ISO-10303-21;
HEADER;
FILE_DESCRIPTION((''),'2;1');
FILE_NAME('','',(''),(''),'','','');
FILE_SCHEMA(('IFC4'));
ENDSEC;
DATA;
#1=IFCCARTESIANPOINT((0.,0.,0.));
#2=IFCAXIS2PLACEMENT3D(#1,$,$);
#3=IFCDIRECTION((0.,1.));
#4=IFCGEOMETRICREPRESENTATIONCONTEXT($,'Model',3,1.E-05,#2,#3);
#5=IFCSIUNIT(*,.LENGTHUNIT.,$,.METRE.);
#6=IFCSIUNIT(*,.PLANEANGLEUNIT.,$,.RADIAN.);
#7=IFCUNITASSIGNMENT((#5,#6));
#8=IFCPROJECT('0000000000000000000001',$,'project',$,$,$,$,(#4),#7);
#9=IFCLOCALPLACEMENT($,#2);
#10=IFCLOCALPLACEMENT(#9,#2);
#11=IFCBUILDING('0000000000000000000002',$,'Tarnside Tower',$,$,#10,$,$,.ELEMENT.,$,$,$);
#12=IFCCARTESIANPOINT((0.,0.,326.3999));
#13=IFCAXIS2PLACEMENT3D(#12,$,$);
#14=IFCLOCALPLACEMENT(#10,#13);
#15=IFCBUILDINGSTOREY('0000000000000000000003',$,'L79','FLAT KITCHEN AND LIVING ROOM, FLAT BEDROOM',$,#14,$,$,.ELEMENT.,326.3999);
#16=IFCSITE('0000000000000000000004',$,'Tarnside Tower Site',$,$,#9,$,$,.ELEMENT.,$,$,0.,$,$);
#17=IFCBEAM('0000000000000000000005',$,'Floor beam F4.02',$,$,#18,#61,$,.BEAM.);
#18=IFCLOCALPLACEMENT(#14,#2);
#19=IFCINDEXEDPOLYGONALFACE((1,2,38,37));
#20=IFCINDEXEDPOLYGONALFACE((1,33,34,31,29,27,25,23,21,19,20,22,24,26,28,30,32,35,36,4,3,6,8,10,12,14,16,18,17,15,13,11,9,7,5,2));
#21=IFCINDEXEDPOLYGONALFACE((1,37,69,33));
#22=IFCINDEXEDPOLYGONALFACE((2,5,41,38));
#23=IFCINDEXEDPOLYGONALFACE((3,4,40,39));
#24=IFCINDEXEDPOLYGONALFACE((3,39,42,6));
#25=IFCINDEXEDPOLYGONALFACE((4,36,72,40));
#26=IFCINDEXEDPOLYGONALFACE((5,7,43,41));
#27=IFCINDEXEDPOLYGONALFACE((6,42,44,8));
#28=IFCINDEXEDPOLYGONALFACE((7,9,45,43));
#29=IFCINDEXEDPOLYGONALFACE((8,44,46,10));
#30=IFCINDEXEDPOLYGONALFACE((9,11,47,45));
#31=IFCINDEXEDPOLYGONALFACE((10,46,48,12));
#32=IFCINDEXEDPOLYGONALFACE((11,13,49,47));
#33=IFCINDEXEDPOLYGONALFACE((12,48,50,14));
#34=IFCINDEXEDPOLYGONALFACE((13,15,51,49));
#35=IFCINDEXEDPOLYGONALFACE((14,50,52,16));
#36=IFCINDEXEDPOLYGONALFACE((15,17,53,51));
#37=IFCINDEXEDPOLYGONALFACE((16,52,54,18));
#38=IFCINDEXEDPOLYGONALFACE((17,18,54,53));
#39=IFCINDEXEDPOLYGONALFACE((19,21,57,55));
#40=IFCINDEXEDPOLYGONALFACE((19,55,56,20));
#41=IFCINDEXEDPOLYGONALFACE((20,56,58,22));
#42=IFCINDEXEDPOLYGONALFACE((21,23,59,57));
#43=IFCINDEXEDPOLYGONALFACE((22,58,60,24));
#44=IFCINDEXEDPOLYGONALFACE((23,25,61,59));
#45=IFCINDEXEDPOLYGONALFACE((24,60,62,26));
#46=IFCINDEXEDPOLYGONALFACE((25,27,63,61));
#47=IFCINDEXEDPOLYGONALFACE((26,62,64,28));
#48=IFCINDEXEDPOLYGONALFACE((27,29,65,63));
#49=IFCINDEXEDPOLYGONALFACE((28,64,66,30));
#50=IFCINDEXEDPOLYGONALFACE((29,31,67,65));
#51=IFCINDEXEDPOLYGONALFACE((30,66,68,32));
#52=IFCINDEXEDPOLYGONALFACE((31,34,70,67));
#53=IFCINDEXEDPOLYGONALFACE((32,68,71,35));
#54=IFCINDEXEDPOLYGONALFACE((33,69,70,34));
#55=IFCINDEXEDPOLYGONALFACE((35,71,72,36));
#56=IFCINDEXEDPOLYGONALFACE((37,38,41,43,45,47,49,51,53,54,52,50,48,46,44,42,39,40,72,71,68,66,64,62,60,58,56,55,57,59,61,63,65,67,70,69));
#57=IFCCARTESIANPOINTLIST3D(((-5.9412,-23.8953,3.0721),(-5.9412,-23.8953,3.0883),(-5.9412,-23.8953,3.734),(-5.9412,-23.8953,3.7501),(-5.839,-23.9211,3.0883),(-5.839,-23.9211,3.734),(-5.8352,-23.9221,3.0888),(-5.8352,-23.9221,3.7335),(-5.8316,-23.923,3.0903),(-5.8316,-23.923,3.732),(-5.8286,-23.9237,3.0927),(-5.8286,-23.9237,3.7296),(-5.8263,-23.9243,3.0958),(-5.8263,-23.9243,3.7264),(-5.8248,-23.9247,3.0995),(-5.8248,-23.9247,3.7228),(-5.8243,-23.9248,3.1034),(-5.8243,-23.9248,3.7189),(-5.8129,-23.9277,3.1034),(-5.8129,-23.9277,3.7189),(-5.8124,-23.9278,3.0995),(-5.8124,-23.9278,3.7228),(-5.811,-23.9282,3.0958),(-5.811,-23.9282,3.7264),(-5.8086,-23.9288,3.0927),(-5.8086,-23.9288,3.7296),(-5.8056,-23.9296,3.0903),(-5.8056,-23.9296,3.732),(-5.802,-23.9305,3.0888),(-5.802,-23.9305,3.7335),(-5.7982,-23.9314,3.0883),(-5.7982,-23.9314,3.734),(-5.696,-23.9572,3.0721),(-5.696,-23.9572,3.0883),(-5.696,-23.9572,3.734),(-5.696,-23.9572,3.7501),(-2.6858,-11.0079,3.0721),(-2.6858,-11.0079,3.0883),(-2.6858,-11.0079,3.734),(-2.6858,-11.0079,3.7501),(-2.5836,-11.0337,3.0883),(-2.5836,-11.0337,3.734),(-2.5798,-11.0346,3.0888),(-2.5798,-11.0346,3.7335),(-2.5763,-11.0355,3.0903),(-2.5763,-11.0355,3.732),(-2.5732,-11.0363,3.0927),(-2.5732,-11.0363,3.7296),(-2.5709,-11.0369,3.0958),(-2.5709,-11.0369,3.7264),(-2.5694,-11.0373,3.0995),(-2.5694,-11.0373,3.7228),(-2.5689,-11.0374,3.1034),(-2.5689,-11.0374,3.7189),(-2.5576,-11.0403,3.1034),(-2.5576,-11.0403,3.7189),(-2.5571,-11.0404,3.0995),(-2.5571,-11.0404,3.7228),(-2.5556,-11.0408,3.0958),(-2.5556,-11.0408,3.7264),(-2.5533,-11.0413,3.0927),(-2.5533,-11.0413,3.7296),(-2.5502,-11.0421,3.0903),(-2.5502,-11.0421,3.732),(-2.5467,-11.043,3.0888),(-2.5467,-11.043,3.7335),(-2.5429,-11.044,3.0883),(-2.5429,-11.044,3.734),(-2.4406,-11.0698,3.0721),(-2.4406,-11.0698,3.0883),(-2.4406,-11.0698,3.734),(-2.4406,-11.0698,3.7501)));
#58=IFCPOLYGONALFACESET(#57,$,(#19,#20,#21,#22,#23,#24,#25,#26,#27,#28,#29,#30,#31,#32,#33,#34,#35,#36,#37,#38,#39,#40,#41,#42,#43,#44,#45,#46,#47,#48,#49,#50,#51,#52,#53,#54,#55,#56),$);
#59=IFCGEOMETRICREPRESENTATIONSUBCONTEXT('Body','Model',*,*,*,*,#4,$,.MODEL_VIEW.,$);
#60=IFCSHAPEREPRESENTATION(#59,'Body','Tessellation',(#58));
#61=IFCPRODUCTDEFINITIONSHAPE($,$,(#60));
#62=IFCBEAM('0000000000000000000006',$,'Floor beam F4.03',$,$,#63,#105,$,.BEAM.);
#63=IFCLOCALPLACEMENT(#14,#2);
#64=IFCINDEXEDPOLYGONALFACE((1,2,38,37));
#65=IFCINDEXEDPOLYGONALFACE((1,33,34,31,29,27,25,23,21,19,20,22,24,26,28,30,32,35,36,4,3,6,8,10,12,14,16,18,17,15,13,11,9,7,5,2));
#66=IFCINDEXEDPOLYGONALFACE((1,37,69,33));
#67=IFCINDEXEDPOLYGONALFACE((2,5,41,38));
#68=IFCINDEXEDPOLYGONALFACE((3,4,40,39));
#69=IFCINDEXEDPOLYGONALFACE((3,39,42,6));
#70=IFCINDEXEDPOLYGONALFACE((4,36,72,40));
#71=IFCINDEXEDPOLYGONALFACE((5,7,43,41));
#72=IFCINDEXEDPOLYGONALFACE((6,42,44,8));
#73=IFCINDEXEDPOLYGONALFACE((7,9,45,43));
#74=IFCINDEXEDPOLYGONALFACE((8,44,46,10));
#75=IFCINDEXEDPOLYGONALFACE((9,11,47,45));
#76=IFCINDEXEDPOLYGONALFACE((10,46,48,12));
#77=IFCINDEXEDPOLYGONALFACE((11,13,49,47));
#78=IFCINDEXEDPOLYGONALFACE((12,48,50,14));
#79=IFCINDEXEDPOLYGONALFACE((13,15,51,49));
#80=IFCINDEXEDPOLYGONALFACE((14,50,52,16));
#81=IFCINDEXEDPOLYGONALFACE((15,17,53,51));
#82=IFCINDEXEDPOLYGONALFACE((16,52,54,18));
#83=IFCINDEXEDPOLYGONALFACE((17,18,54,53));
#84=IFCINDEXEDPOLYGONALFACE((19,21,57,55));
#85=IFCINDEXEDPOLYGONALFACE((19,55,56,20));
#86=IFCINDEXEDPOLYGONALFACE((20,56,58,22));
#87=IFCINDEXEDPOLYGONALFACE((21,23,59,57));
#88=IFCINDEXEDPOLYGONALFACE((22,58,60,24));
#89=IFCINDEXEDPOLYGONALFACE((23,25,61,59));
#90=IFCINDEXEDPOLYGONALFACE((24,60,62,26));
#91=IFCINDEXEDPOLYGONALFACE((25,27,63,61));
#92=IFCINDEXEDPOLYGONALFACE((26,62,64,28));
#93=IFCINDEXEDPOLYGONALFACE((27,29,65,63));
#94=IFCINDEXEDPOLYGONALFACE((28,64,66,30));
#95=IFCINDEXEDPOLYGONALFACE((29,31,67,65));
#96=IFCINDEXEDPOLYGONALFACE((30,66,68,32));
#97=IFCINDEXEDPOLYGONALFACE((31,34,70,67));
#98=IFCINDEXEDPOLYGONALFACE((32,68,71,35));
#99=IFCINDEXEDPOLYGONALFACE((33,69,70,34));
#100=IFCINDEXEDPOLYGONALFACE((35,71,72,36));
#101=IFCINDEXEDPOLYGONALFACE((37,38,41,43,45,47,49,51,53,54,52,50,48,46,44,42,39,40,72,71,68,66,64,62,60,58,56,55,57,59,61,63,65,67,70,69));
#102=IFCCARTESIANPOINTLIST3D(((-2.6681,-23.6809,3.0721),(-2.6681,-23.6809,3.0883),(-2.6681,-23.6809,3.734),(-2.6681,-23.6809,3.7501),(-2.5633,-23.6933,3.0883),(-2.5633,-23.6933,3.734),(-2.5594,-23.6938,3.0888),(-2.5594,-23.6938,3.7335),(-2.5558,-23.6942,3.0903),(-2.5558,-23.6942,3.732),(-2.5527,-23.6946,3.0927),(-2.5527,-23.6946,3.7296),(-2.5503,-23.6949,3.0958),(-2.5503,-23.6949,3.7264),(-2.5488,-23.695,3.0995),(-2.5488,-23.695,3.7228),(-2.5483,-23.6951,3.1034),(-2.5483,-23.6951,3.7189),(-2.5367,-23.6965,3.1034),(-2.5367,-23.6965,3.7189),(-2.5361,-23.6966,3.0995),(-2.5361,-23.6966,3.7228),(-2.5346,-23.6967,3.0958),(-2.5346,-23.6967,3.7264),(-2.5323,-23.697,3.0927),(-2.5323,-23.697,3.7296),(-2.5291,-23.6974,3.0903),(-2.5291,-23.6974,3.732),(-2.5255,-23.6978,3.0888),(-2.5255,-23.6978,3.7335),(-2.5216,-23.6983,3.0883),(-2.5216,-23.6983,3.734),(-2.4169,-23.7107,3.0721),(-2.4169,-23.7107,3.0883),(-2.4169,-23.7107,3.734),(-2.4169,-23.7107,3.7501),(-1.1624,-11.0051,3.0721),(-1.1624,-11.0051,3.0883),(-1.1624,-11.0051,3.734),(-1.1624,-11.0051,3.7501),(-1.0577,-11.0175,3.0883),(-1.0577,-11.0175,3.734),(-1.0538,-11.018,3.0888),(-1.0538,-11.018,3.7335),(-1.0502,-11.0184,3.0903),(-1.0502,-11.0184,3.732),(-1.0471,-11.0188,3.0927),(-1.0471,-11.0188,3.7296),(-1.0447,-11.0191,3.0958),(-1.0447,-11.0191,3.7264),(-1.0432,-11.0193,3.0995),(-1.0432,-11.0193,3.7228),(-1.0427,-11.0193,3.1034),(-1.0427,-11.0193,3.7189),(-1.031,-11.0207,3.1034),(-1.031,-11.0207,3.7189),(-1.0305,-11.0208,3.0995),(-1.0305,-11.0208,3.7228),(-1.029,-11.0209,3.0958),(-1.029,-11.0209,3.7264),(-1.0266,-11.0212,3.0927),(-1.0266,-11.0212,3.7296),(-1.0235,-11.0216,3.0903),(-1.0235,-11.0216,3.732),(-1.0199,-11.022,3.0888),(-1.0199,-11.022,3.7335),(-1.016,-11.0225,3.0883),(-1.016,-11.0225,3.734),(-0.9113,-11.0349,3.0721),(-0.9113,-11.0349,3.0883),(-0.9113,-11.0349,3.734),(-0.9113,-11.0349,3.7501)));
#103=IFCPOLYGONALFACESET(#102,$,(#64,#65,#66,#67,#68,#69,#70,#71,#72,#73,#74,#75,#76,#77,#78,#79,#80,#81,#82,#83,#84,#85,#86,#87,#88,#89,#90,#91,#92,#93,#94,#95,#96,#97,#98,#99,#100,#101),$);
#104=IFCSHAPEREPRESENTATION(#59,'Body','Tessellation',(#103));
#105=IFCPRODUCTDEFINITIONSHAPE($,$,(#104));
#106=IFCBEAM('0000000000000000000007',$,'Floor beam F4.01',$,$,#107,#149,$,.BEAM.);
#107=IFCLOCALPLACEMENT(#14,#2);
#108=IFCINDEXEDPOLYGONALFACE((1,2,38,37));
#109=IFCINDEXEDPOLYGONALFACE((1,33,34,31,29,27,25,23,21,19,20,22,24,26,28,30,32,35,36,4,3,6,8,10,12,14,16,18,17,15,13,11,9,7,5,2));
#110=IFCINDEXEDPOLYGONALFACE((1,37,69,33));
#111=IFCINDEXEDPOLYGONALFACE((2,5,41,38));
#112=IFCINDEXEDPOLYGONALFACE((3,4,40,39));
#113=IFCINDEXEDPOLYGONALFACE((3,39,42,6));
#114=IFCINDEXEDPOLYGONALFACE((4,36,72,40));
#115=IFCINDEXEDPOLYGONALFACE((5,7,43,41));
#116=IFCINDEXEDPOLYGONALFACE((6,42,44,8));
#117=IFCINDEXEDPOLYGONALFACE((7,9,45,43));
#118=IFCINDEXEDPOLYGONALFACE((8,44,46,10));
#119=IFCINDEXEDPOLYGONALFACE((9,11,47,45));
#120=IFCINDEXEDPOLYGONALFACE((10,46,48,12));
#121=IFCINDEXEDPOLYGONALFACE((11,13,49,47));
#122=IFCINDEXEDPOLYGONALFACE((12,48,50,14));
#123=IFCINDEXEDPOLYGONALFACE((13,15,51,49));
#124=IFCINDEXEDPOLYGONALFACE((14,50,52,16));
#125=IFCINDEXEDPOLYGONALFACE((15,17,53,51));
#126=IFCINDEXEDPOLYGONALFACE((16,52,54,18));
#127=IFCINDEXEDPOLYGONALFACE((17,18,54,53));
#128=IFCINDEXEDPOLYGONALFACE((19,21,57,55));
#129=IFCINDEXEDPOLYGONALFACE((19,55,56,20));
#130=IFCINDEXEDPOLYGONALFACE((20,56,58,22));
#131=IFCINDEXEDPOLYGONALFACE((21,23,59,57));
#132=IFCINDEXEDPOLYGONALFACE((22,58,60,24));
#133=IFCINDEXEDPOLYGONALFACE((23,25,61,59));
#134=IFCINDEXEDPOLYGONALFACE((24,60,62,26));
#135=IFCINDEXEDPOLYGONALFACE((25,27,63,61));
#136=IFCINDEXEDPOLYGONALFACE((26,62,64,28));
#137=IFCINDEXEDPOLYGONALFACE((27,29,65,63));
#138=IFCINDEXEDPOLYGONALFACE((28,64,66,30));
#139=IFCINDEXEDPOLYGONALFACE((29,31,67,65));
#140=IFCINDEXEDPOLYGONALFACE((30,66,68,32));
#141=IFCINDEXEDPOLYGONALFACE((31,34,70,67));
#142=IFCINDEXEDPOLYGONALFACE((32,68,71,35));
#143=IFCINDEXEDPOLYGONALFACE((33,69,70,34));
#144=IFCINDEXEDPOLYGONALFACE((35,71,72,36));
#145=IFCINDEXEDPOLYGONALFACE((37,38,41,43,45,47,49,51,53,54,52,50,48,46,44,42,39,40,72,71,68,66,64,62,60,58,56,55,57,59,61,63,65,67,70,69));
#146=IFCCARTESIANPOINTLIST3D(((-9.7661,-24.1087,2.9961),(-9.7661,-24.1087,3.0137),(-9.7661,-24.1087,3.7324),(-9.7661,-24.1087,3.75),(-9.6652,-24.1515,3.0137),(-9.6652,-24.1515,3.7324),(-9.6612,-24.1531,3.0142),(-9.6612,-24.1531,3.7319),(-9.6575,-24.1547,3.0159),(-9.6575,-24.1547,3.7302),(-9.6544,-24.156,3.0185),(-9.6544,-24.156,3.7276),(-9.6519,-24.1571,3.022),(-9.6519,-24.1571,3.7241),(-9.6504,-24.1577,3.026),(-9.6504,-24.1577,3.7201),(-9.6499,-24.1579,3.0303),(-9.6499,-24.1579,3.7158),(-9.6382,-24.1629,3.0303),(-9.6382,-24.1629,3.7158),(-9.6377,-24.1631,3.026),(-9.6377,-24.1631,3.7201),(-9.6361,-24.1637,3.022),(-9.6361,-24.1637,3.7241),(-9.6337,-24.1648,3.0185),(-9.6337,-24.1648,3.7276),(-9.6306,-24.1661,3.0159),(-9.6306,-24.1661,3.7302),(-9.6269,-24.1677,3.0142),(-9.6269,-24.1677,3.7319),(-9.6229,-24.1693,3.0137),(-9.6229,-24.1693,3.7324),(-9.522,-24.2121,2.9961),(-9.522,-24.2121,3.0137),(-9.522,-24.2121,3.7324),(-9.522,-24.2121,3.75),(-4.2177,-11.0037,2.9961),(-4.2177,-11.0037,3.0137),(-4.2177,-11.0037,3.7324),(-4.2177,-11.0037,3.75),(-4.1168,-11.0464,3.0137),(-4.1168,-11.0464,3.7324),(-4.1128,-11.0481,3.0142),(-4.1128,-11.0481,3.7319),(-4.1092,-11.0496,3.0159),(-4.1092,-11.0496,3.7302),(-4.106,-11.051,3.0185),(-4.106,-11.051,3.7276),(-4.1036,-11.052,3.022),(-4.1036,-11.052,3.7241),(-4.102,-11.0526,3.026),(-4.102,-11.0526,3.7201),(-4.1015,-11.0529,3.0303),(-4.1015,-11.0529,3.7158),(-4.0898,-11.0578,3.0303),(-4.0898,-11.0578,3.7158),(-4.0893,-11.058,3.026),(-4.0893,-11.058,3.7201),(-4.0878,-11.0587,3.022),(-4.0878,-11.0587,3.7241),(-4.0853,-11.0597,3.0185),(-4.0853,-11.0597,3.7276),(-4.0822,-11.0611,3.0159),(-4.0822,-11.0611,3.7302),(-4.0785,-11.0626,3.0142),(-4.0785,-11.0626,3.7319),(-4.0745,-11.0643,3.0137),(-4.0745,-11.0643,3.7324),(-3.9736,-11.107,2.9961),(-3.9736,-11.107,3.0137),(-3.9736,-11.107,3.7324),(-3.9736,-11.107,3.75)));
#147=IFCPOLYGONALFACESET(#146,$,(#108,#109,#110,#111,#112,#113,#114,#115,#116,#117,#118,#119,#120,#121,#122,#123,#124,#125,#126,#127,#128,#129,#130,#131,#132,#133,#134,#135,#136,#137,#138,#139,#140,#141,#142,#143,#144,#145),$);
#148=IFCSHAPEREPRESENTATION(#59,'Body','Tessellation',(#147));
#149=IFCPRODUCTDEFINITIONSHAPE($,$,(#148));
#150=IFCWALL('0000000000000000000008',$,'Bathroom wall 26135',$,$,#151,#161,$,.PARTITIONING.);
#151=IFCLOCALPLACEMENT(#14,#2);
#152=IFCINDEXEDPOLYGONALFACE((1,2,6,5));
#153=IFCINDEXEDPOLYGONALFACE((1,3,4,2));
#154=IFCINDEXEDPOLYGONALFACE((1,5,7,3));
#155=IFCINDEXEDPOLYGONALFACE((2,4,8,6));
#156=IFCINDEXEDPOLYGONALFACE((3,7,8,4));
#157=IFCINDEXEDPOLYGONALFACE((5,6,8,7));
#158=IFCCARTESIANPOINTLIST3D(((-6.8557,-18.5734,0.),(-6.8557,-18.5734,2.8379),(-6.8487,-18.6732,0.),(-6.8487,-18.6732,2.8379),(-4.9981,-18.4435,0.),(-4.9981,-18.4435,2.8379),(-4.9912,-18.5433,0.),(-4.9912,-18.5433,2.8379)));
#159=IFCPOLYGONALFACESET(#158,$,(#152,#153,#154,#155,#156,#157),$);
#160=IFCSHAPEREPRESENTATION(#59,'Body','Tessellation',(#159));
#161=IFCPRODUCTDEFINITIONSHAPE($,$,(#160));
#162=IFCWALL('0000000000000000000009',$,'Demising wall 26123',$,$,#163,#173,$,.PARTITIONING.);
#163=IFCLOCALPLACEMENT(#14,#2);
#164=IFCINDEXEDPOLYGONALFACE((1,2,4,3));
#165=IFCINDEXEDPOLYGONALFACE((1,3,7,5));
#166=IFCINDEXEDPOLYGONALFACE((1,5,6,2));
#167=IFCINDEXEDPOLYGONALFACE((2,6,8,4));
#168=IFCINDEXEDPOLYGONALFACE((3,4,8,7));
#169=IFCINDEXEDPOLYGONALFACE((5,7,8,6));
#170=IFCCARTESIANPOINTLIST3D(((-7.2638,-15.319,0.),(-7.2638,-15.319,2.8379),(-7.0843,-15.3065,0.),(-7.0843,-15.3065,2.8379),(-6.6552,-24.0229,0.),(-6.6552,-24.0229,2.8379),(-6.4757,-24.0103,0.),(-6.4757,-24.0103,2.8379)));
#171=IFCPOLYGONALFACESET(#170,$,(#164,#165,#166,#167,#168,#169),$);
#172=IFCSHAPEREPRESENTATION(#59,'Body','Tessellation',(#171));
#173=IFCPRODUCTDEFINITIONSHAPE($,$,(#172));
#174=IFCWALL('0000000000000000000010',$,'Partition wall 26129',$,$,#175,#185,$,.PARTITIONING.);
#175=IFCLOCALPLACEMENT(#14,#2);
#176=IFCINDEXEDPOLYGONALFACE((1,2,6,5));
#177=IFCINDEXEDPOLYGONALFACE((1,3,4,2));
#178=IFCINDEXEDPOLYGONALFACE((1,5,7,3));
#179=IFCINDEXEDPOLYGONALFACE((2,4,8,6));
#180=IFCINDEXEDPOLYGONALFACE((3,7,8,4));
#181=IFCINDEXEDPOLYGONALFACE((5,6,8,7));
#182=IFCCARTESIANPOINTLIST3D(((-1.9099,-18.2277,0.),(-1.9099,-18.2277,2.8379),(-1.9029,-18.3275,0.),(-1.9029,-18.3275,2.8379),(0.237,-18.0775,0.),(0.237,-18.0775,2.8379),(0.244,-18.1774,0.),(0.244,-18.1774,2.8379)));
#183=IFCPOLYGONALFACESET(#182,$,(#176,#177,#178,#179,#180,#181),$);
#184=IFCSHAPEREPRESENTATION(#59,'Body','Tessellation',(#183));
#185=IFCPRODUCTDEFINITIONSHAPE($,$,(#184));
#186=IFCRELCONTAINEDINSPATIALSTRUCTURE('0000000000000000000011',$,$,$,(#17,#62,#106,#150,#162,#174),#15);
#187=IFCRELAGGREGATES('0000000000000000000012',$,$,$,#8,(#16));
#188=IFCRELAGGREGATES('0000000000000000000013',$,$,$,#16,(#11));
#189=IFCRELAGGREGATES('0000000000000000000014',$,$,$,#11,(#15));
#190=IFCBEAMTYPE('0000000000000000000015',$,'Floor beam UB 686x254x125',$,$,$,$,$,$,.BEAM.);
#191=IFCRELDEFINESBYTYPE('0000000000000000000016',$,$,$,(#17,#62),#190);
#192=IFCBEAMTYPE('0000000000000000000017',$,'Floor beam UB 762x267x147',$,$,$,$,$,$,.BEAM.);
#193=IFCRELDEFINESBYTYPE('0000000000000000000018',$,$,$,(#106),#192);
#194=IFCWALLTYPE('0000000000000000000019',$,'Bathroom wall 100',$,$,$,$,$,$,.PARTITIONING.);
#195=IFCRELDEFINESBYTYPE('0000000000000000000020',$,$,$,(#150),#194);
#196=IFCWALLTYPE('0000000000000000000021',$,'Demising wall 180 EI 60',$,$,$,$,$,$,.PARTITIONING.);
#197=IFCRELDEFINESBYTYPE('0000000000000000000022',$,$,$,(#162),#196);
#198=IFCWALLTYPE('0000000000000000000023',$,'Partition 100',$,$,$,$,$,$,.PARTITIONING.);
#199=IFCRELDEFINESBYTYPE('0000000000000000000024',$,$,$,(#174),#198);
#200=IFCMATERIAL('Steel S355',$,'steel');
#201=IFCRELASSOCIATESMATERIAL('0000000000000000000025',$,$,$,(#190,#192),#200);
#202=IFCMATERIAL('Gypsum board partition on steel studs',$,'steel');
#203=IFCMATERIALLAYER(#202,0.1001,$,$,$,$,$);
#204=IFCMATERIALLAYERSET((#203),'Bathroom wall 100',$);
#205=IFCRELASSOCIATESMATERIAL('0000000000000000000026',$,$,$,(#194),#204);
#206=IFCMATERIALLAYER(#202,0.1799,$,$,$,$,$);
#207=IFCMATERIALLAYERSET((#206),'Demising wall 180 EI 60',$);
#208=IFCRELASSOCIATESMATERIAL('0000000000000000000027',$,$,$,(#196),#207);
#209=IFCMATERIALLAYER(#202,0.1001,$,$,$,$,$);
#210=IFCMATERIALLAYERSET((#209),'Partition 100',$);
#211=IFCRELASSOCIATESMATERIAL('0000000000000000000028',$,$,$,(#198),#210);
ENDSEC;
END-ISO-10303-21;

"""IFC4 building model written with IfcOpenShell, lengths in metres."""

from ifc_helpers import new_model, si_unit, direction, frame, frame_2d, origin, origin_2d, place, context, subcontext, project, spatial, rectangle, i_section, extrude, material, layer, layer_set, material_profile, profile_set, type_object, element, save


model = new_model("IFC4")

# Units and contexts
model_context = context("Model", 3, precision=1e-05, world=origin(), true_north=direction((0.0, 1.0)))
body_context = subcontext(model_context, "Body", "Model", "MODEL_VIEW")
ifc_project = project(units=[si_unit("LENGTHUNIT", "METRE"), si_unit("PLANEANGLEUNIT", "RADIAN")], contexts=[model_context])

# Site, building, storey
site_placement = place(None, origin())
site = spatial("IfcSite", under=ifc_project, at=site_placement, Name="Tarnside Tower Site", CompositionType="ELEMENT", RefElevation=0.0)
building_placement = place(site_placement, origin())
building = spatial("IfcBuilding", under=site, at=building_placement, Name="Tarnside Tower", CompositionType="ELEMENT")
storey_placement = place(building_placement, frame((0.0, 0.0, 326.3999)))
storey = spatial("IfcBuildingStorey", under=building, at=storey_placement, Name="L79", Description="FLAT KITCHEN AND LIVING ROOM, FLAT BEDROOM", CompositionType="ELEMENT", Elevation=326.3999)

# Beams
ifc_material_1 = material(Name="Steel S355", Category="steel")
ifc_material_profile_1 = material_profile(ifc_material_1, i_section(OverallWidth=0.2529, OverallDepth=0.678, WebThickness=0.0117, FlangeThickness=0.0161, FilletRadius=0.0151, at=origin_2d()), Name="UB 686x254x125")
ifc_profile_set_1 = profile_set([ifc_material_profile_1], Name="Steel S355")
beam_type_1 = type_object("IfcBeamType", Name="Floor beam UB 686x254x125", PredefinedType="BEAM", material=ifc_profile_set_1)
beam_1_placement = place(storey_placement, frame((-5.8186, -23.9263, 3.4111), z_axis=(0.244908, 0.969546, 0.0), x_axis=(-0.969546, 0.244908, 0.0)))
element("IfcBeam", 1, at=beam_1_placement, inside=storey, type_object=beam_type_1, Name="Floor beam F4.02", PredefinedType="BEAM", context=body_context, shape_type="SweptSolid", body=[
    extrude(i_section(OverallWidth=0.2529, OverallDepth=0.678, WebThickness=0.0117, FlangeThickness=0.0161, FilletRadius=0.0151, at=origin_2d()), origin(), (0.0, 0.0, 1.0), 13.2922),
])
beam_2_placement = place(storey_placement, frame((-2.5425, -23.6958, 3.4111), z_axis=(0.11795, 0.99302, 0.0), x_axis=(-0.99302, 0.11795, 0.0)))
element("IfcBeam", 2, at=beam_2_placement, inside=storey, type_object=beam_type_1, Name="Floor beam F4.03", PredefinedType="BEAM", context=body_context, shape_type="SweptSolid", body=[
    extrude(i_section(OverallWidth=0.2529, OverallDepth=0.678, WebThickness=0.0117, FlangeThickness=0.0161, FilletRadius=0.0151, at=origin_2d()), origin(), (0.0, 0.0, 1.0), 12.7649),
])
ifc_material_profile_2 = material_profile(ifc_material_1, i_section(OverallWidth=0.2651, OverallDepth=0.7539, WebThickness=0.0127, FlangeThickness=0.0176, FilletRadius=0.0166, at=origin_2d()), Name="UB 762x267x147")
ifc_profile_set_2 = profile_set([ifc_material_profile_2], Name="Steel S355")
beam_type_2 = type_object("IfcBeamType", Name="Floor beam UB 762x267x147", PredefinedType="BEAM", material=ifc_profile_set_2)
beam_3_placement = place(storey_placement, frame((-9.644, -24.1604, 3.373), z_axis=(0.389874, 0.920868, 0.0), x_axis=(-0.920868, 0.389874, 0.0)))
element("IfcBeam", 3, at=beam_3_placement, inside=storey, type_object=beam_type_2, Name="Floor beam F4.01", PredefinedType="BEAM", context=body_context, shape_type="SweptSolid", body=[
    extrude(i_section(OverallWidth=0.2651, OverallDepth=0.7539, WebThickness=0.0127, FlangeThickness=0.0176, FilletRadius=0.0166, at=origin_2d()), origin(), (0.0, 0.0, 1.0), 14.2312),
])

# Walls
ifc_material_2 = material(Name="Gypsum board partition on steel studs", Category="steel")
ifc_layer_1 = layer(ifc_material_2, 0.1001)
ifc_layer_set_1 = layer_set([ifc_layer_1], Name="Bathroom wall 100")
wall_type_1 = type_object("IfcWallType", Name="Bathroom wall 100", PredefinedType="PARTITIONING", material=ifc_layer_set_1)
wall_1_placement = place(storey_placement, frame((-6.8523, -18.6233, 0.0), z_axis=(0.0, 0.0, 1.0), x_axis=(0.997564, 0.069756, 0.0)))
element("IfcWall", 4, at=wall_1_placement, inside=storey, type_object=wall_type_1, Name="Bathroom wall 26135", PredefinedType="PARTITIONING", context=body_context, shape_type="SweptSolid", body=[
    extrude(rectangle(XDim=1.8621, YDim=0.1001, at=frame_2d((0.9312, 0.0))), origin(), (0.0, 0.0, 1.0), 2.8379),
])
ifc_layer_2 = layer(ifc_material_2, 0.1799)
ifc_layer_set_2 = layer_set([ifc_layer_2], Name="Demising wall 180 EI 60")
wall_type_2 = type_object("IfcWallType", Name="Demising wall 180 EI 60", PredefinedType="PARTITIONING", material=ifc_layer_set_2)
wall_2_placement = place(storey_placement, frame((-6.5654, -24.0166, 0.0), z_axis=(0.0, 0.0, 1.0), x_axis=(-0.069758, 0.997564, 0.0)))
element("IfcWall", 5, at=wall_2_placement, inside=storey, type_object=wall_type_2, Name="Demising wall 26123", PredefinedType="PARTITIONING", context=body_context, shape_type="SweptSolid", body=[
    extrude(rectangle(XDim=8.7251, YDim=0.1799, at=frame_2d((4.3625, 0.0))), origin(), (0.0, 0.0, 1.0), 2.8379),
])
ifc_layer_3 = layer(ifc_material_2, 0.1001)
ifc_layer_set_3 = layer_set([ifc_layer_3], Name="Partition 100")
wall_type_3 = type_object("IfcWallType", Name="Partition 100", PredefinedType="PARTITIONING", material=ifc_layer_set_3)
wall_3_placement = place(storey_placement, frame((-1.9065, -18.2776, 0.0), z_axis=(0.0, 0.0, 1.0), x_axis=(0.997564, 0.069764, 0.0)))
element("IfcWall", 6, at=wall_3_placement, inside=storey, type_object=wall_type_3, Name="Partition wall 26129", PredefinedType="PARTITIONING", context=body_context, shape_type="SweptSolid", body=[
    extrude(rectangle(XDim=2.1521, YDim=0.1001, at=frame_2d((1.0762, 0.0))), origin(), (0.0, 0.0, 1.0), 2.8379),
])

save(model, "model.ifc")
